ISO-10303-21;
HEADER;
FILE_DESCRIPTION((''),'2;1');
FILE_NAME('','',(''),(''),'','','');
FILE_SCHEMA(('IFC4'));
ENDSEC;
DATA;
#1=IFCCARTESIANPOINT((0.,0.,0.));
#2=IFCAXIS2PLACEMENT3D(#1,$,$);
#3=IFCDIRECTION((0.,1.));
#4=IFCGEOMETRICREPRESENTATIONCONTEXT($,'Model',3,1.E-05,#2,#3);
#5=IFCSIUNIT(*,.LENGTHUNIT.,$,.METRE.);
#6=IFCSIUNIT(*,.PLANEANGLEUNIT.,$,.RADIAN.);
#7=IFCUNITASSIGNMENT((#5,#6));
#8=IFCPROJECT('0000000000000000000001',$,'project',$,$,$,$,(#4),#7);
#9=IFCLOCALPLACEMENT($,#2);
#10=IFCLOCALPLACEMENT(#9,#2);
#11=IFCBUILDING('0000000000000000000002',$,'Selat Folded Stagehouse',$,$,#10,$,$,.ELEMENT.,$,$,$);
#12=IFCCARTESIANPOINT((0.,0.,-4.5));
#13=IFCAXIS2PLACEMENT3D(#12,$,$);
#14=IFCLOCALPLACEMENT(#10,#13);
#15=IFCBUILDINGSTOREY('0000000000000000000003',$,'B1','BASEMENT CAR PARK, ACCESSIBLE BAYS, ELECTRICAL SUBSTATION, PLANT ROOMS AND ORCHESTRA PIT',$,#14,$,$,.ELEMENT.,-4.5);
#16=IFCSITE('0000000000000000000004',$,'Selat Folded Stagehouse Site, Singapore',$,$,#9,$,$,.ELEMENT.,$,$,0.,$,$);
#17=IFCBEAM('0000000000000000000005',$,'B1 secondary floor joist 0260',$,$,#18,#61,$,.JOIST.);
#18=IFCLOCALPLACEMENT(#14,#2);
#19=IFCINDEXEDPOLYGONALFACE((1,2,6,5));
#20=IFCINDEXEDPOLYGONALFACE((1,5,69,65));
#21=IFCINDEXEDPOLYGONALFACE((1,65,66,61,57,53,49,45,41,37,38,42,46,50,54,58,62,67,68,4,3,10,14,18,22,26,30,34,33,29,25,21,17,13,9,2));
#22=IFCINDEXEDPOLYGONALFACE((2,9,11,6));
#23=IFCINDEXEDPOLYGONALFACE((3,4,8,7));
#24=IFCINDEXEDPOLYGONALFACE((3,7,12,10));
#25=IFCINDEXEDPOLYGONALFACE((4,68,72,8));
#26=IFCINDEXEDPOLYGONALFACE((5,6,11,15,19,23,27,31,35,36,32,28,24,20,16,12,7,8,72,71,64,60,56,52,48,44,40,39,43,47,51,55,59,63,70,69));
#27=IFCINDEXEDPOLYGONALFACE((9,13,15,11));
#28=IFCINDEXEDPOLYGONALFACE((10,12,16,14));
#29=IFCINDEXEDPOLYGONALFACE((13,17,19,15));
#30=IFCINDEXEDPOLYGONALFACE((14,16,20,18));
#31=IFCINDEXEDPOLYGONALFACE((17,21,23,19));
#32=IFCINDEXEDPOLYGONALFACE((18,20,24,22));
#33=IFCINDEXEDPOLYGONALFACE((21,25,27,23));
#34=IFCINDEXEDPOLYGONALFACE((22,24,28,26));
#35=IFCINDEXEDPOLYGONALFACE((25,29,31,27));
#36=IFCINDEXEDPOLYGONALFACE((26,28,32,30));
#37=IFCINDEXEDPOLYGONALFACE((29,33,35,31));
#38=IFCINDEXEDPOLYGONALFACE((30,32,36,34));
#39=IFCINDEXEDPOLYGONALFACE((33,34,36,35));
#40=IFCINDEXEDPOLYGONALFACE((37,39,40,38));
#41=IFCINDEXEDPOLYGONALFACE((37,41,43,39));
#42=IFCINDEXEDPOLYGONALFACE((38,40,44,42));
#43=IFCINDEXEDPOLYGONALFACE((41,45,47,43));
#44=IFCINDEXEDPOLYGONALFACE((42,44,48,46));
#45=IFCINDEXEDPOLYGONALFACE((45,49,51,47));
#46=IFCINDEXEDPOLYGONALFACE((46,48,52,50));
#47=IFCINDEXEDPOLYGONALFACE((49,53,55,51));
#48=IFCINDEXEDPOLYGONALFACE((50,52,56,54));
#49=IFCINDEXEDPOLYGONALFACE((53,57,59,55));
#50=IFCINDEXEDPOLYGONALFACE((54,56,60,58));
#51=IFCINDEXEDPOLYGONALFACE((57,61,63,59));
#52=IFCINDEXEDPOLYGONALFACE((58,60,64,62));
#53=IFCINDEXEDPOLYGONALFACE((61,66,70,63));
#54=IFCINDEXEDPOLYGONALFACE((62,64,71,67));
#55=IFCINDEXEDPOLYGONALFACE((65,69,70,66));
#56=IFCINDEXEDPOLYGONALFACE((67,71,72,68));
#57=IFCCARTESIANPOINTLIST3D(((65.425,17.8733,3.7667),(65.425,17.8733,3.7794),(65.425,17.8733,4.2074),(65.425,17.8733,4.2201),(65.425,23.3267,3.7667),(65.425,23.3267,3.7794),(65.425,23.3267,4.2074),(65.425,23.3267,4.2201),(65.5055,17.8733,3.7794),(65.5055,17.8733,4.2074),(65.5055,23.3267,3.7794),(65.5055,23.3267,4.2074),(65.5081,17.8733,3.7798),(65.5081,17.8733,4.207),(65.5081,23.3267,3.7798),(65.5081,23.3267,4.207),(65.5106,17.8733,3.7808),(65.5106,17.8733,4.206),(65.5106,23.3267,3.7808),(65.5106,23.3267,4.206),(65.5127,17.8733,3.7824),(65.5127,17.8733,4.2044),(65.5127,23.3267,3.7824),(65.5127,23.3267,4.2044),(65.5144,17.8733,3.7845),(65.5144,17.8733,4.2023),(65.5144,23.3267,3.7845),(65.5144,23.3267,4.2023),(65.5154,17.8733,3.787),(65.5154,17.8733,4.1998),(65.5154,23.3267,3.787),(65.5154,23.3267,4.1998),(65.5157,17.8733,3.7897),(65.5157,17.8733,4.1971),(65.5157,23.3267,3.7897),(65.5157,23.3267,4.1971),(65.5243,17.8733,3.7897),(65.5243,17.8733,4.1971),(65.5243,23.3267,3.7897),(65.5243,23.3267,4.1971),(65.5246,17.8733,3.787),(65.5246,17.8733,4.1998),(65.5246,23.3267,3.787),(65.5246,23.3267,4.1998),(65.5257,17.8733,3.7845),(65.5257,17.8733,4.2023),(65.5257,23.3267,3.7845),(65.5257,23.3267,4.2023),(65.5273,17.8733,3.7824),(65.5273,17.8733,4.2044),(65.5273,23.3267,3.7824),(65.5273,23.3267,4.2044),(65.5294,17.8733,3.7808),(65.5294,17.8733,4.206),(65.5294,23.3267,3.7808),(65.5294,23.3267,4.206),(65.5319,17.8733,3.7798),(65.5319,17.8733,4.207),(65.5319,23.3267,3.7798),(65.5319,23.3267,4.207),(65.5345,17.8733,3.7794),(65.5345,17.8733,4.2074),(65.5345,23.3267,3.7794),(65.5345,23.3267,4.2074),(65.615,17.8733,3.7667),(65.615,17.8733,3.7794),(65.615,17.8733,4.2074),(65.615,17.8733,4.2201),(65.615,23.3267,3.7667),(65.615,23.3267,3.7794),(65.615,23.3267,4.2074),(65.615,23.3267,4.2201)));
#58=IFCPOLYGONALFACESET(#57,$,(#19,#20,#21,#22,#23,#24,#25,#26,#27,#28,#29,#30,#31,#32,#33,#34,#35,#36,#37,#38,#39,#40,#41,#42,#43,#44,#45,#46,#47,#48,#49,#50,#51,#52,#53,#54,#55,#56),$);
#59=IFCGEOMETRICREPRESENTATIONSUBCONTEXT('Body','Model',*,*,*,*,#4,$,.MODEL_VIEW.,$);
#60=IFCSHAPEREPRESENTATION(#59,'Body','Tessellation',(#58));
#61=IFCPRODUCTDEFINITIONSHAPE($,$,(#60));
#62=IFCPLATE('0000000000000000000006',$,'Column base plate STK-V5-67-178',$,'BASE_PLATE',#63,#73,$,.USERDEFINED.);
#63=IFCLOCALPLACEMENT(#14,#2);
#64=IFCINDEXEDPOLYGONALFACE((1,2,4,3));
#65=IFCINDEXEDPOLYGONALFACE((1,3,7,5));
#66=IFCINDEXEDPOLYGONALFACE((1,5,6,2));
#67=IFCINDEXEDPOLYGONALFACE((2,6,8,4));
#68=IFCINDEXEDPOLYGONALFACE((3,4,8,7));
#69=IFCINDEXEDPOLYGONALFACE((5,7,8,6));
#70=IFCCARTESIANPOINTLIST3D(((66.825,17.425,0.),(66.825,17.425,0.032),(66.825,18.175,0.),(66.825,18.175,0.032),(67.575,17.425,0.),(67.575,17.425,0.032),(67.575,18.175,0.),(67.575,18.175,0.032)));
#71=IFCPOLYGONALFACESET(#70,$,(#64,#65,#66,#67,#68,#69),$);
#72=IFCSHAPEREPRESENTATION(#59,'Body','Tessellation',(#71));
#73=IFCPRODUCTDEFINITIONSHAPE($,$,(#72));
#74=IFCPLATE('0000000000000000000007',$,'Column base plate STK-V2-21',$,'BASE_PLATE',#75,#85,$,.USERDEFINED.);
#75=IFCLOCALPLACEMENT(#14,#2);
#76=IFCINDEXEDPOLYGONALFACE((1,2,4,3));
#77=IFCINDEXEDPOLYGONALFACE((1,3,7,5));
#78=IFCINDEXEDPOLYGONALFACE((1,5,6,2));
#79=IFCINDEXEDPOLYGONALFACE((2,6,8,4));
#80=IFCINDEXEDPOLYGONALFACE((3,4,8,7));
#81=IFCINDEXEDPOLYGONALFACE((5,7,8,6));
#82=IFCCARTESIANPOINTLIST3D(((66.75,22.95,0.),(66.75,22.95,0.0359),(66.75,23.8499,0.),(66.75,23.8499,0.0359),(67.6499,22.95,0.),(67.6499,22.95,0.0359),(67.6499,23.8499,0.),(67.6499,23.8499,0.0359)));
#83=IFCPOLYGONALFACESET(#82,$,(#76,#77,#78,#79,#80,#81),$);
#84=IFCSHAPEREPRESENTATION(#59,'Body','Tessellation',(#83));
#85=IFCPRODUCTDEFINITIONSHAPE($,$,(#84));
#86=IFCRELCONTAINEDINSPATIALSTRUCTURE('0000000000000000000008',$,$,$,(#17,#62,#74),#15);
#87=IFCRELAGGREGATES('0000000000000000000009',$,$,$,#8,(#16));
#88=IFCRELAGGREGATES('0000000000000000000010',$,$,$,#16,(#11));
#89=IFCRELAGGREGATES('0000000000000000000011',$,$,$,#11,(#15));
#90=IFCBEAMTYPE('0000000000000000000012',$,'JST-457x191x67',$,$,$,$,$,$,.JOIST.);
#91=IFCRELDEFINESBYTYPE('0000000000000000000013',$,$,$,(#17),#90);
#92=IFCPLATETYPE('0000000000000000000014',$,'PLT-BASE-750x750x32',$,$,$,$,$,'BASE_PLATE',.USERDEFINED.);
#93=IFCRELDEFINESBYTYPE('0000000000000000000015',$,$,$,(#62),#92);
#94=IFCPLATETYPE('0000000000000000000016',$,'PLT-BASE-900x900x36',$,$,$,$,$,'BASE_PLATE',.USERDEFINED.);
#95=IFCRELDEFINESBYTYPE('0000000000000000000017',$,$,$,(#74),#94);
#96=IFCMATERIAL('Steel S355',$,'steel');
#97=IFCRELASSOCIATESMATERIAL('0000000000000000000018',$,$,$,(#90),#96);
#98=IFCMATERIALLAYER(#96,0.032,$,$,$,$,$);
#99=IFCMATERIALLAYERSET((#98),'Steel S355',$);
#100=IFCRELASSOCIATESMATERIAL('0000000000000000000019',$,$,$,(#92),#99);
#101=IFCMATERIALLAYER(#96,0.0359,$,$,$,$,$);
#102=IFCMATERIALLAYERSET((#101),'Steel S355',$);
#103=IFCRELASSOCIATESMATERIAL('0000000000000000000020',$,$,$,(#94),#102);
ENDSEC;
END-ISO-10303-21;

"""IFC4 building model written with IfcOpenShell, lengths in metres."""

from ifc_helpers import new_model, si_unit, direction, frame, origin, origin_2d, place, context, subcontext, project, spatial, rectangle, i_section, extrude, material, layer, layer_set, material_profile, profile_set, type_object, element, save


model = new_model("IFC4")

# Units and contexts
model_context = context("Model", 3, precision=1e-05, world=origin(), true_north=direction((0.0, 1.0)))
body_context = subcontext(model_context, "Body", "Model", "MODEL_VIEW")
ifc_project = project(units=[si_unit("LENGTHUNIT", "METRE"), si_unit("PLANEANGLEUNIT", "RADIAN")], contexts=[model_context])

# Site, building, storey
site_placement = place(None, origin())
site = spatial("IfcSite", under=ifc_project, at=site_placement, Name="Selat Folded Stagehouse Site, Singapore", CompositionType="ELEMENT", RefElevation=0.0)
building_placement = place(site_placement, origin())
building = spatial("IfcBuilding", under=site, at=building_placement, Name="Selat Folded Stagehouse", CompositionType="ELEMENT")
storey_placement = place(building_placement, frame((0.0, 0.0, -4.5)))
storey = spatial("IfcBuildingStorey", under=building, at=storey_placement, Name="B1", Description="BASEMENT CAR PARK, ACCESSIBLE BAYS, ELECTRICAL SUBSTATION, PLANT ROOMS AND ORCHESTRA PIT", CompositionType="ELEMENT", Elevation=-4.5)

# Shared definitions
ifc_material_1 = material(Name="Steel S355", Category="steel")

# Beam
ifc_material_profile_1 = material_profile(ifc_material_1, i_section(OverallWidth=0.1899, OverallDepth=0.4534, WebThickness=0.0085, FlangeThickness=0.0127, FilletRadius=0.0103, at=origin_2d()), Name="UKB 457x191x67")
ifc_profile_set_1 = profile_set([ifc_material_profile_1], Name="Steel S355")
beam_type_1 = type_object("IfcBeamType", Name="JST-457x191x67", PredefinedType="JOIST", material=ifc_profile_set_1)
for number, where, z_axis, x_axis, name in (
    (1, (65.52, 17.8733, 3.9934), (0.0, 1.0, 0.0), (-1.0, 0.0, 0.0), "B1 secondary floor joist 0260"),
):
    element("IfcBeam", number, at=place(storey_placement, frame(where, z_axis=z_axis, x_axis=x_axis)), inside=storey, type_object=beam_type_1, Name=name, PredefinedType="JOIST", context=body_context, shape_type="SweptSolid", body=[
        extrude(i_section(OverallWidth=0.1899, OverallDepth=0.4534, WebThickness=0.0085, FlangeThickness=0.0127, FilletRadius=0.0103, at=origin_2d()), origin(), (0.0, 0.0, 1.0), 5.4534),
    ])

# Plates
ifc_layer_1 = layer(ifc_material_1, 0.032)
ifc_layer_set_1 = layer_set([ifc_layer_1], Name="Steel S355")
plate_type_1 = type_object("IfcPlateType", Name="PLT-BASE-750x750x32", ElementType="BASE_PLATE", PredefinedType="USERDEFINED", material=ifc_layer_set_1)
plate_1_placement = place(storey_placement, frame((67.2, 17.8, 0.0), z_axis=(0.0, 0.0, 1.0), x_axis=(1.0, 0.0, 0.0)))
element("IfcPlate", 2, at=plate_1_placement, inside=storey, type_object=plate_type_1, Name="Column base plate STK-V5-67-178", ObjectType="BASE_PLATE", PredefinedType="USERDEFINED", context=body_context, shape_type="SweptSolid", body=[
    extrude(rectangle(XDim=0.75, YDim=0.75, at=origin_2d()), origin(), (0.0, 0.0, 1.0), 0.032),
])
ifc_layer_2 = layer(ifc_material_1, 0.0359)
ifc_layer_set_2 = layer_set([ifc_layer_2], Name="Steel S355")
plate_type_2 = type_object("IfcPlateType", Name="PLT-BASE-900x900x36", ElementType="BASE_PLATE", PredefinedType="USERDEFINED", material=ifc_layer_set_2)
plate_2_placement = place(storey_placement, frame((67.2, 23.3999, 0.0), z_axis=(0.0, 0.0, 1.0), x_axis=(1.0, 0.0, 0.0)))
element("IfcPlate", 3, at=plate_2_placement, inside=storey, type_object=plate_type_2, Name="Column base plate STK-V2-21", ObjectType="BASE_PLATE", PredefinedType="USERDEFINED", context=body_context, shape_type="SweptSolid", body=[
    extrude(rectangle(XDim=0.8999, YDim=0.8999, at=origin_2d()), origin(), (0.0, 0.0, 1.0), 0.0359),
])

save(model, "model.ifc")
